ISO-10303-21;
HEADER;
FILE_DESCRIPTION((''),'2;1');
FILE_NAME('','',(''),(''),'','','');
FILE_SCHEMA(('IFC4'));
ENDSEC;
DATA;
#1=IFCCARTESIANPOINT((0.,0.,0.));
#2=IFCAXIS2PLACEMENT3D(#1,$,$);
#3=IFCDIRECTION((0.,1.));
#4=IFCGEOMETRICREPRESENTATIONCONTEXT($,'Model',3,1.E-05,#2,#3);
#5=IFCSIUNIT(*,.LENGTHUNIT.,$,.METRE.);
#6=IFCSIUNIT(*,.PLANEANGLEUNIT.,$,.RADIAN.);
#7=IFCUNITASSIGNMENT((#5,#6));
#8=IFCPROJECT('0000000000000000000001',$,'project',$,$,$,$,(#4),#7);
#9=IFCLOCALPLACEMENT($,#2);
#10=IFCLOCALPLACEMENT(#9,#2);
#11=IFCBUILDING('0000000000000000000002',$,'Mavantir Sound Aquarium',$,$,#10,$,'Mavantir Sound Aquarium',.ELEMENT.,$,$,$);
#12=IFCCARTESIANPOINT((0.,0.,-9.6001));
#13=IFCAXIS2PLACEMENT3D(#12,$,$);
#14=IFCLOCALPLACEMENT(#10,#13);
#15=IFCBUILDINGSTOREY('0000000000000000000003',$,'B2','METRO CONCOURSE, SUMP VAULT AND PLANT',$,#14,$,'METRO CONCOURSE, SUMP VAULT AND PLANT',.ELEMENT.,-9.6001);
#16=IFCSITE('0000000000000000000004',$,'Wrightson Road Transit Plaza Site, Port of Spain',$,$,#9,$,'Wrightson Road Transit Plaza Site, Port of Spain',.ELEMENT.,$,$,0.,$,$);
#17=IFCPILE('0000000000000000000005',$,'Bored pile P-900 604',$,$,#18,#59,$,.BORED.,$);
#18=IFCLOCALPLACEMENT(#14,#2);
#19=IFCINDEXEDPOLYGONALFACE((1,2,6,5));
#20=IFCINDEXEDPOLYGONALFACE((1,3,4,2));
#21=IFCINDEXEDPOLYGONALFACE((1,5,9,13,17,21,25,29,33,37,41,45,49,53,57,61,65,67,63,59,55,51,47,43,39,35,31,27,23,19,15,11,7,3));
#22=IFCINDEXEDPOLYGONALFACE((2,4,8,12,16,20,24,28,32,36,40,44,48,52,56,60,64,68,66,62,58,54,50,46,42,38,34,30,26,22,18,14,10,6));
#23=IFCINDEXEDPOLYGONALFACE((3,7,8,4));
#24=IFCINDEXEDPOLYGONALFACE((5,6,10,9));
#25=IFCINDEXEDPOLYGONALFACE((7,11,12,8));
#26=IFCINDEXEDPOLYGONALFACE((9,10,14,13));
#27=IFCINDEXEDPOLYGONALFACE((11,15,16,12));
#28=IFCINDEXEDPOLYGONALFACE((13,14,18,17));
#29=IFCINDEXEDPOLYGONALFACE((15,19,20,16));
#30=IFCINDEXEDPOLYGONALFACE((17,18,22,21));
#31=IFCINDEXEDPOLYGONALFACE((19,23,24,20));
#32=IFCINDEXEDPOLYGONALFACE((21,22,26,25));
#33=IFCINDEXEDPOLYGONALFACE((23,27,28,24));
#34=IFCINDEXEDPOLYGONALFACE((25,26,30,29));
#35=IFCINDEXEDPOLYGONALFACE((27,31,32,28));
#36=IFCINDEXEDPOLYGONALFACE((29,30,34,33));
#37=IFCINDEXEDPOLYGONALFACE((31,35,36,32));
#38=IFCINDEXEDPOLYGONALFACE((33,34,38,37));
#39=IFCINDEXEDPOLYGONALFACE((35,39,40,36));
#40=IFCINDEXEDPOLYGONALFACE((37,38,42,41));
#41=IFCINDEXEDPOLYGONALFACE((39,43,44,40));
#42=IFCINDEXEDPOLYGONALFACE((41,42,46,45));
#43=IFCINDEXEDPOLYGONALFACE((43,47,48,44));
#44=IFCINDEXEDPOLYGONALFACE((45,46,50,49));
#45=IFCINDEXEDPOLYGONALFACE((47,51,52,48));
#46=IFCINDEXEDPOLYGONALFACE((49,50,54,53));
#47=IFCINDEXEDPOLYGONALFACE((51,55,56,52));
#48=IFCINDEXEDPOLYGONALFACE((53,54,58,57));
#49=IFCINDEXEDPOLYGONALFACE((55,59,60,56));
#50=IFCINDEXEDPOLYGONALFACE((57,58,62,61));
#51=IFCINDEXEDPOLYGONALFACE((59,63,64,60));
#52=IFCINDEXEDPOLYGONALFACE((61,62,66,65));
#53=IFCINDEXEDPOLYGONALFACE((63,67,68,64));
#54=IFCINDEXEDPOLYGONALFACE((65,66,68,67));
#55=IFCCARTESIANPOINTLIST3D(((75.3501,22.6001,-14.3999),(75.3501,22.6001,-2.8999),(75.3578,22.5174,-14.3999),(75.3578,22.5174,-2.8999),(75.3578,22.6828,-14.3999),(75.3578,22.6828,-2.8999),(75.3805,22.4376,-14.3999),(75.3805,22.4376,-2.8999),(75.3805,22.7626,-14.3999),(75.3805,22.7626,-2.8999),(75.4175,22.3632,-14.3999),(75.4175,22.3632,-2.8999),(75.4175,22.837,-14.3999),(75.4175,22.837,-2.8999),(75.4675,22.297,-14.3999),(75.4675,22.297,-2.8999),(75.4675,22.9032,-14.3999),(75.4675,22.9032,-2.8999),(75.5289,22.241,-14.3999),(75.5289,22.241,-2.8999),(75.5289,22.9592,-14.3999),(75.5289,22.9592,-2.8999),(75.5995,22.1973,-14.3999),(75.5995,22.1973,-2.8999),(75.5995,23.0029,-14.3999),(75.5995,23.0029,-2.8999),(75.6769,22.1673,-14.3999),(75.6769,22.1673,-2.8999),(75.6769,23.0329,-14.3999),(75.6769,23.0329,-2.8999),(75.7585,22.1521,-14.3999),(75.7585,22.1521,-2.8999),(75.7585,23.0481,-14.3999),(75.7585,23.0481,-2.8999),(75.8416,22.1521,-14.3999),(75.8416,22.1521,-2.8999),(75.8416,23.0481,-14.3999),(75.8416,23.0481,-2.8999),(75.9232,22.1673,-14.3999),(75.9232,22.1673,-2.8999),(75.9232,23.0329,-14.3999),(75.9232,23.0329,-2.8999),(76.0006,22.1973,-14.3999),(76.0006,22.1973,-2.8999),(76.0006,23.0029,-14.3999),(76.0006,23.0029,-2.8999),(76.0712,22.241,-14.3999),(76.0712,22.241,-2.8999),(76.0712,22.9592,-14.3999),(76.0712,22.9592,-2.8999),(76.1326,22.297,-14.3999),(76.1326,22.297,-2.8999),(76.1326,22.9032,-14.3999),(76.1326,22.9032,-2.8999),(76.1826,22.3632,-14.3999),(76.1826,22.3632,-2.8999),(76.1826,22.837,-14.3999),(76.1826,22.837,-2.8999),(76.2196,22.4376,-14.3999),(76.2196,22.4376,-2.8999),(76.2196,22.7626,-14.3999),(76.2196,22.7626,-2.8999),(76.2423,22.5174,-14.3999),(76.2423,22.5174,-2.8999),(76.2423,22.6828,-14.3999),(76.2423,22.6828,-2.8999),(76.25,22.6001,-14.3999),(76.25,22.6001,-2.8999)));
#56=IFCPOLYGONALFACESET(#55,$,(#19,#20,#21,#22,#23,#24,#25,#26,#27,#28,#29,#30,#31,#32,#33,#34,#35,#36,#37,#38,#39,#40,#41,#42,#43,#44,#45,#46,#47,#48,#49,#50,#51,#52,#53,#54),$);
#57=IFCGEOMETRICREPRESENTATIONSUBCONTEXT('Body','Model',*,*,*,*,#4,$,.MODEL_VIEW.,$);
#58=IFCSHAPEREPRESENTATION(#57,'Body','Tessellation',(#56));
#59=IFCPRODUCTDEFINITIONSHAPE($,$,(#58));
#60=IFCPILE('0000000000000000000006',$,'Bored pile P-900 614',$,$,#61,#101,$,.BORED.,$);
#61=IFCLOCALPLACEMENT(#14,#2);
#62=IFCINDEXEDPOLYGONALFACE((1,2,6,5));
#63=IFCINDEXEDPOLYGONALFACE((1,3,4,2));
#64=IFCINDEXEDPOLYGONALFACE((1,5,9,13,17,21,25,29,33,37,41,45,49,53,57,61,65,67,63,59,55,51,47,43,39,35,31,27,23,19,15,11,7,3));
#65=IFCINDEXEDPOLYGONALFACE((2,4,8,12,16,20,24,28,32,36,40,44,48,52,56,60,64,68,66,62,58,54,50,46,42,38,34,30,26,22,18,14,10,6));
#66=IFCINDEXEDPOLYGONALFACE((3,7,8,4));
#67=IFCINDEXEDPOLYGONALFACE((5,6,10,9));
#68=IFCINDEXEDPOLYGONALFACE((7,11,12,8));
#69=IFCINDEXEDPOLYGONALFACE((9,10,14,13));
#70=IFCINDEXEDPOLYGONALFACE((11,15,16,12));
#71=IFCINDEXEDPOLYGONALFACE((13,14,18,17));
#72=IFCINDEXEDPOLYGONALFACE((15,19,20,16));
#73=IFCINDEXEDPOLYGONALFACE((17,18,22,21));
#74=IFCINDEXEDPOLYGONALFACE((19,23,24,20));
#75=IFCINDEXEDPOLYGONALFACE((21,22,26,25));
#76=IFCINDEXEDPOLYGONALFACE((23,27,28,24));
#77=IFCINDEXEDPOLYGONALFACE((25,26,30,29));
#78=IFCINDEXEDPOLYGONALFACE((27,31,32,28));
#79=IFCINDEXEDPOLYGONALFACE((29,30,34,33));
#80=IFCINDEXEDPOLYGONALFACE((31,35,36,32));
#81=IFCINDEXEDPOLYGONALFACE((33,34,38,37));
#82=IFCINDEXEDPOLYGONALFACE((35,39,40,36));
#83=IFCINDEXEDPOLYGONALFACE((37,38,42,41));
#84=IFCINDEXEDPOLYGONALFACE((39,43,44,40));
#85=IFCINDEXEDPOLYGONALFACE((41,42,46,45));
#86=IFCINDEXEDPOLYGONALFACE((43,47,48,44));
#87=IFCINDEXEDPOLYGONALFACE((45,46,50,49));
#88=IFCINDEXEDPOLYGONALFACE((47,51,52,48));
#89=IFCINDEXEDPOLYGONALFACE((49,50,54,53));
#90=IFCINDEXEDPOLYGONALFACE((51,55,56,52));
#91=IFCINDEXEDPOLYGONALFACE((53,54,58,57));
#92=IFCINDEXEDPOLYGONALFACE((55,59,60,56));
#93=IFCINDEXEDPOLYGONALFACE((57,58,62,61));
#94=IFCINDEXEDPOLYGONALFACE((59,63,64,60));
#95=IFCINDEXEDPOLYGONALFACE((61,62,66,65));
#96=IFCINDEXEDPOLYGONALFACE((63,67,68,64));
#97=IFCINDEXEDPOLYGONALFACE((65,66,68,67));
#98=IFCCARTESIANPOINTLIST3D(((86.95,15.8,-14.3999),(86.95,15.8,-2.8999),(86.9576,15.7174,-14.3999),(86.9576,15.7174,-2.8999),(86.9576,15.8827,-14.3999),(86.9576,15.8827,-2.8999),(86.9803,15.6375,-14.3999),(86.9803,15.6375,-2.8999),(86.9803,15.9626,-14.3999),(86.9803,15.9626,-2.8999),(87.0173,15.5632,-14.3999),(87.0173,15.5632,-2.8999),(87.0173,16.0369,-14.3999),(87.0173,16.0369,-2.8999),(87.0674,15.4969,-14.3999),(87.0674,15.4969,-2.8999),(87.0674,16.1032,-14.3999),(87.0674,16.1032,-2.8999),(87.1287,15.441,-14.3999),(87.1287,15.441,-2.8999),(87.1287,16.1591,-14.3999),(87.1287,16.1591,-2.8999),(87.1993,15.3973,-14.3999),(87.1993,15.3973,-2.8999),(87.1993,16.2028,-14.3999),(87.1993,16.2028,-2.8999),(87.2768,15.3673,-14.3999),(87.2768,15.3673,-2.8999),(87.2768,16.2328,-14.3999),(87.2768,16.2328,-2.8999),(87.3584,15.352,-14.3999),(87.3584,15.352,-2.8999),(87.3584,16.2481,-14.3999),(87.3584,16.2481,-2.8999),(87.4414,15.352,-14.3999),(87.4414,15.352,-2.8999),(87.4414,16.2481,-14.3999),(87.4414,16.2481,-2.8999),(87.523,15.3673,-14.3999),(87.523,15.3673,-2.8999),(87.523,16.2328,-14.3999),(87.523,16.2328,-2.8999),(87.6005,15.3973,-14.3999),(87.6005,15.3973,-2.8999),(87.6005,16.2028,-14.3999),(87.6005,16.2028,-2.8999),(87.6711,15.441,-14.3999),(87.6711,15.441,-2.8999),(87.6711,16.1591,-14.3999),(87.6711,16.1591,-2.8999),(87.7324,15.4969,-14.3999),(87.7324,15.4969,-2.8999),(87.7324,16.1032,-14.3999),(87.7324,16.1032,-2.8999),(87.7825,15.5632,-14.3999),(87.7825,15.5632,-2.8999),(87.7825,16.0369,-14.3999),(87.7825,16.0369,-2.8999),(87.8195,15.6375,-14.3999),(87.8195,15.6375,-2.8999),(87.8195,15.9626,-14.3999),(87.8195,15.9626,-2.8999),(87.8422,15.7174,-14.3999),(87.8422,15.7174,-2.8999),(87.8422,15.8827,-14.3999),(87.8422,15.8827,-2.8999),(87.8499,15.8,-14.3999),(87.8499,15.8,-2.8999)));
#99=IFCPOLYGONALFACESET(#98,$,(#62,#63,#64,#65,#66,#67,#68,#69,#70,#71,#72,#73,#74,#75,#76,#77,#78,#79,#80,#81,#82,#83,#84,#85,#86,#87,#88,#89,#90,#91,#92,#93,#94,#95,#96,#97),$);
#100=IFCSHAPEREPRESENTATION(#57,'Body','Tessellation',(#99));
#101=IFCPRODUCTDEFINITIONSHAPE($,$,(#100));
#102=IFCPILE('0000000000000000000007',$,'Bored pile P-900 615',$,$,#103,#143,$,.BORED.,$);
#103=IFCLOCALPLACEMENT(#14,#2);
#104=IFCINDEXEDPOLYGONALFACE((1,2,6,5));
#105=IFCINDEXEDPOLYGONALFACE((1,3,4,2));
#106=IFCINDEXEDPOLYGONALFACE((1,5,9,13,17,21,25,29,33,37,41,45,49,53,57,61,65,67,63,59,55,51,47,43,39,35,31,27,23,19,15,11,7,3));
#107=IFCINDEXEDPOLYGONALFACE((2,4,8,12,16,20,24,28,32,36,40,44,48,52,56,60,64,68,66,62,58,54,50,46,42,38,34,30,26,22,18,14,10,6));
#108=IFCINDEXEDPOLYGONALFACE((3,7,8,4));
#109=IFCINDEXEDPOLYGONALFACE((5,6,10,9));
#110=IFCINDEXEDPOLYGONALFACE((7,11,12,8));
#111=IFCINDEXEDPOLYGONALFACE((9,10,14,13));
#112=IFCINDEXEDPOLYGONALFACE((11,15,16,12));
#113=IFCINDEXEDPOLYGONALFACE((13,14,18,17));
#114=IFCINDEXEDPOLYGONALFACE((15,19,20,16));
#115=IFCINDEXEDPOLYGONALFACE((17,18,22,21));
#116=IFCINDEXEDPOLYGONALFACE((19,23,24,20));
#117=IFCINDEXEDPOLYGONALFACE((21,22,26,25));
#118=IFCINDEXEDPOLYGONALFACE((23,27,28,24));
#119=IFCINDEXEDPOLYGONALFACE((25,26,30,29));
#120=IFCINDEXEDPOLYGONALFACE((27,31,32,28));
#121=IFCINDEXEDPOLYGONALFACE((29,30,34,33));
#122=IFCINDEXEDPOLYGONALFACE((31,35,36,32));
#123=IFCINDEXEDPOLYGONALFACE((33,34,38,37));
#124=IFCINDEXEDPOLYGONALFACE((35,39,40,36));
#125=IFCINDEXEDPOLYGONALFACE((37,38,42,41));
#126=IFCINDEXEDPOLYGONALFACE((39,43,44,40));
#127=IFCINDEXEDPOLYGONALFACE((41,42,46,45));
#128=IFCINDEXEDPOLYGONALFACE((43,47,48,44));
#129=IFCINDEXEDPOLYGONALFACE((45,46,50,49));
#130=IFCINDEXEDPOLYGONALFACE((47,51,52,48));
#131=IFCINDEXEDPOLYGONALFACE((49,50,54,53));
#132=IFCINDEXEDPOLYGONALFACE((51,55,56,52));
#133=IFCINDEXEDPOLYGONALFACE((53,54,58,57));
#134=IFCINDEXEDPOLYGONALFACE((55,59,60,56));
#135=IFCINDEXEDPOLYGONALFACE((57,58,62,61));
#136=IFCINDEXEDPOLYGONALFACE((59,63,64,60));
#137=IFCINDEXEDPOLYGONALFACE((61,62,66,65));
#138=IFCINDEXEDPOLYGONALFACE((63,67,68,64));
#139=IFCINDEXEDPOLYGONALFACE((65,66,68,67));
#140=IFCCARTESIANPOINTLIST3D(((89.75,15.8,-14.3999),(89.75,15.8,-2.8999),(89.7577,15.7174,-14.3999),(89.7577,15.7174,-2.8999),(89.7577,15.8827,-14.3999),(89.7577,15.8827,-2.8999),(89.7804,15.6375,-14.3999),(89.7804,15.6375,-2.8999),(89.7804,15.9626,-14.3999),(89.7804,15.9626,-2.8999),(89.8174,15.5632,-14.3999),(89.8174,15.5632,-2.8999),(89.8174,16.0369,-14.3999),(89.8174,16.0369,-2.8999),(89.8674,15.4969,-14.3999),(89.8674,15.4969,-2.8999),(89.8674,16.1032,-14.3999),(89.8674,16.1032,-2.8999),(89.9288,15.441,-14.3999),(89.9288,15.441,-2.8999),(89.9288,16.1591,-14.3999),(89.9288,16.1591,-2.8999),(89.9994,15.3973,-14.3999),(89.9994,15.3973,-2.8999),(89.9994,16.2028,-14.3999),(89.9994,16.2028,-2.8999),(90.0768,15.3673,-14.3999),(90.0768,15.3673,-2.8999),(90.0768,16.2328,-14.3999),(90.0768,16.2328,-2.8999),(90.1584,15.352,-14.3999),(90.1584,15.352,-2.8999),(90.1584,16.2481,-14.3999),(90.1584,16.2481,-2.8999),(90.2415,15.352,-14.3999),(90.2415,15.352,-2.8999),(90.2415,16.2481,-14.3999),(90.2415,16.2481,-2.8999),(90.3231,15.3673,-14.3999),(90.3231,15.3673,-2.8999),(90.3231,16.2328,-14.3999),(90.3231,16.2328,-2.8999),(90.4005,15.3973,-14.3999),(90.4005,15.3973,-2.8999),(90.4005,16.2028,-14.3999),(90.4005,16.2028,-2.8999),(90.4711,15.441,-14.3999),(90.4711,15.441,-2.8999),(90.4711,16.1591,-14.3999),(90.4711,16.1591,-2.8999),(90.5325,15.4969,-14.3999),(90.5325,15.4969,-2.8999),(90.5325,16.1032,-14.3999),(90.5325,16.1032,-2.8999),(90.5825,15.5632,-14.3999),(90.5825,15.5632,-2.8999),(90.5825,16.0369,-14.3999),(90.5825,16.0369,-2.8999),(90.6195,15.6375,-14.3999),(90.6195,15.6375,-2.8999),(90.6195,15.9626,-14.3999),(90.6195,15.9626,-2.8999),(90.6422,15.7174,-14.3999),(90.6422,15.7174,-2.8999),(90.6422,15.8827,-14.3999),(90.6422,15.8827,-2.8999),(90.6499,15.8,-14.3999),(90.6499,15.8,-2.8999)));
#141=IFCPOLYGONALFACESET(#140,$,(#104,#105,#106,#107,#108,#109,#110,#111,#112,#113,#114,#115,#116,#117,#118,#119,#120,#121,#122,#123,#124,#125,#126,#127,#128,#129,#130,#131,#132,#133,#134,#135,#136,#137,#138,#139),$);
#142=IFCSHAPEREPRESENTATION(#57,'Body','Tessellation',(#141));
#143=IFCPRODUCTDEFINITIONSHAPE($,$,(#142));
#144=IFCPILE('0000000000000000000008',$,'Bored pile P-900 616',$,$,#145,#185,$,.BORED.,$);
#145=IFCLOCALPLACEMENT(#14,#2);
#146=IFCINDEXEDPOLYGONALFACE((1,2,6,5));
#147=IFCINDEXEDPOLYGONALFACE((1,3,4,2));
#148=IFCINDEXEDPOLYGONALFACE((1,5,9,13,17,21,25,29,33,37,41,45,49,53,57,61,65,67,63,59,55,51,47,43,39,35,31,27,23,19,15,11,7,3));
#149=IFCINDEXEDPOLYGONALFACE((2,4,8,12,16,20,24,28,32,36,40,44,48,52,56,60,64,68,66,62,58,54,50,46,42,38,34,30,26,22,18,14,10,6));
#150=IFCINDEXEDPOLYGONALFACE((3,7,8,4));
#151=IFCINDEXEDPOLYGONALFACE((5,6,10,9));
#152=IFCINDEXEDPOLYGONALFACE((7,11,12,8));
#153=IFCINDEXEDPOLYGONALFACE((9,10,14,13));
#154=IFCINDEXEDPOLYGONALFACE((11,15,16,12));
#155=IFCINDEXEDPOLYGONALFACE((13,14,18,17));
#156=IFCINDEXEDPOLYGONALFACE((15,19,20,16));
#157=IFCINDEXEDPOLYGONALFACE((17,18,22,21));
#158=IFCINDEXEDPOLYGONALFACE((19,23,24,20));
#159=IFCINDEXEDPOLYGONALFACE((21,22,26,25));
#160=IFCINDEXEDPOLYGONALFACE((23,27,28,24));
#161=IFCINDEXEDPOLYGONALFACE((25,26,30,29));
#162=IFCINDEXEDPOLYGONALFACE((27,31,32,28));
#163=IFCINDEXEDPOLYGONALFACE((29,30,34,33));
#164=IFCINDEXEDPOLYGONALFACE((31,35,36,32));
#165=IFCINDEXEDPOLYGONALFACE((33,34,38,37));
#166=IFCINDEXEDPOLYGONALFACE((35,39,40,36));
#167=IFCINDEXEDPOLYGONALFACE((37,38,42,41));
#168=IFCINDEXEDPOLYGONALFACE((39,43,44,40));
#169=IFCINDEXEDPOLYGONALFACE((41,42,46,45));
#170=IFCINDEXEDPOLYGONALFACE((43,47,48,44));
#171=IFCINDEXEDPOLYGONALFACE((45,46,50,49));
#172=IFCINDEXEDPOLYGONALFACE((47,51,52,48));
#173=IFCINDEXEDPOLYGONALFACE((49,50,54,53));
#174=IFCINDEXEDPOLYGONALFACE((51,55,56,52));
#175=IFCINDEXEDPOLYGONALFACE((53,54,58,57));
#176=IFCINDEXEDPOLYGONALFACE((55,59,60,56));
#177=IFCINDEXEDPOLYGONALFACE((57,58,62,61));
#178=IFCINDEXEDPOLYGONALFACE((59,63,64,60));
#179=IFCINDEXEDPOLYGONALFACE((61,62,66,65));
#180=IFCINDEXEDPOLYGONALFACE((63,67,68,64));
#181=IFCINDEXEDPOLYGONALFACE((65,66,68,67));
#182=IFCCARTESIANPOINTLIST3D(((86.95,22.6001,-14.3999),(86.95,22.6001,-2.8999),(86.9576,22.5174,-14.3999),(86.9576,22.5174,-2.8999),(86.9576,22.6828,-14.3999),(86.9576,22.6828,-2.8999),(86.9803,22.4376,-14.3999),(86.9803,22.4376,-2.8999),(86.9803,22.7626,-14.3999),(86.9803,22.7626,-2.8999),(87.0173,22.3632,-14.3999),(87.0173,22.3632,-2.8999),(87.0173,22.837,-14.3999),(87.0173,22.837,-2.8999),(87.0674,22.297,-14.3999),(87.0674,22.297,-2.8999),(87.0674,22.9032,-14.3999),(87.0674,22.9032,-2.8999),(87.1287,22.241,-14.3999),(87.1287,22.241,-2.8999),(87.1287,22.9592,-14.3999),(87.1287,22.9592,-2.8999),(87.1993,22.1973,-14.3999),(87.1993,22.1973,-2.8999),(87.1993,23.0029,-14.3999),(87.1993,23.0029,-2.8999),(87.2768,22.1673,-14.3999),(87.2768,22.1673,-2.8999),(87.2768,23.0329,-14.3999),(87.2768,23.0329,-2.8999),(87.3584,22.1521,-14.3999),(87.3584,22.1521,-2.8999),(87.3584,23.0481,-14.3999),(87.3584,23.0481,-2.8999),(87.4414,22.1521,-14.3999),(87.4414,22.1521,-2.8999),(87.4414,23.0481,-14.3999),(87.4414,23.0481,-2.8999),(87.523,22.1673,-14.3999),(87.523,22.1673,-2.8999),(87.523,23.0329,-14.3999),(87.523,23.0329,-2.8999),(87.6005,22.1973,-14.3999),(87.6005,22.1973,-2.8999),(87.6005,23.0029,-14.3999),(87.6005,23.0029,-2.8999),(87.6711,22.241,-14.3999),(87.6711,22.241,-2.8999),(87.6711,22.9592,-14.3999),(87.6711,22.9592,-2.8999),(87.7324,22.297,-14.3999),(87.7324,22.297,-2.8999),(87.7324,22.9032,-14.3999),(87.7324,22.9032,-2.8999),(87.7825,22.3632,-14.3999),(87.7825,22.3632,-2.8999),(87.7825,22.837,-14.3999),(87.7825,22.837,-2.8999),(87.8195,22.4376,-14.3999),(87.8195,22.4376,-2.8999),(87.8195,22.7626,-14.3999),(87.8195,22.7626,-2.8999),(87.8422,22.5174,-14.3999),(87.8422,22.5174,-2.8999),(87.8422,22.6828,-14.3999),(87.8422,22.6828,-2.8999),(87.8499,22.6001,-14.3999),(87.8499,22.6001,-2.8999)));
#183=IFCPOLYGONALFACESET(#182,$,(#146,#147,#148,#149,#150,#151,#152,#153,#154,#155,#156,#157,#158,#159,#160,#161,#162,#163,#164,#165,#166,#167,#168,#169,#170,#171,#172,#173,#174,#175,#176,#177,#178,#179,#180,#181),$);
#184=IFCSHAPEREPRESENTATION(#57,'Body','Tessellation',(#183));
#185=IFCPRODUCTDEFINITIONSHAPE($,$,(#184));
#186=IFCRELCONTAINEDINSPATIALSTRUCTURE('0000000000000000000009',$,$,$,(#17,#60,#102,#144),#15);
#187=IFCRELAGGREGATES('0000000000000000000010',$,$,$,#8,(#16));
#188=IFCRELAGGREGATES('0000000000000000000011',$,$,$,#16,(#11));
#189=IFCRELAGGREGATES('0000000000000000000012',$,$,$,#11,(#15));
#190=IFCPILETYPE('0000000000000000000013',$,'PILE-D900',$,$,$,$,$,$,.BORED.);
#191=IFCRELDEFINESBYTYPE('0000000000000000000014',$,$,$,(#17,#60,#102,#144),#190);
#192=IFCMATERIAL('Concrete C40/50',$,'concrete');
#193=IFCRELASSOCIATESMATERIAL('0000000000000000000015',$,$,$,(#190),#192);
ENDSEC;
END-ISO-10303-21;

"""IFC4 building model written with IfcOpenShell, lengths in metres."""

from ifc_helpers import new_model, si_unit, direction, frame, origin, origin_2d, place, context, subcontext, project, spatial, circle, extrude, material, material_profile, profile_set, type_object, element, save


model = new_model("IFC4")

# Units and contexts
model_context = context("Model", 3, precision=1e-05, world=origin(), true_north=direction((0.0, 1.0)))
body_context = subcontext(model_context, "Body", "Model", "MODEL_VIEW")
ifc_project = project(units=[si_unit("LENGTHUNIT", "METRE"), si_unit("PLANEANGLEUNIT", "RADIAN")], contexts=[model_context])

# Site, building, storey
site_placement = place(None, origin())
site = spatial("IfcSite", under=ifc_project, at=site_placement, Name="Wrightson Road Transit Plaza Site, Port of Spain", LongName="Wrightson Road Transit Plaza Site, Port of Spain", CompositionType="ELEMENT", RefElevation=0.0)
building_placement = place(site_placement, origin())
building = spatial("IfcBuilding", under=site, at=building_placement, Name="Mavantir Sound Aquarium", LongName="Mavantir Sound Aquarium", CompositionType="ELEMENT")
storey_placement = place(building_placement, frame((0.0, 0.0, -9.6001)))
storey = spatial("IfcBuildingStorey", under=building, at=storey_placement, Name="B2", Description="METRO CONCOURSE, SUMP VAULT AND PLANT", LongName="METRO CONCOURSE, SUMP VAULT AND PLANT", CompositionType="ELEMENT", Elevation=-9.6001)

# Shared definitions
ifc_material_1 = material(Name="Concrete C40/50", Category="concrete")

# Piles
ifc_material_profile_1 = material_profile(ifc_material_1, circle(Radius=0.45, at=origin_2d()), Name="PILE D900")
ifc_profile_set_1 = profile_set([ifc_material_profile_1], Name="Concrete C40/50")
pile_type = type_object("IfcPileType", Name="PILE-D900", PredefinedType="BORED", material=ifc_profile_set_1)
for number, where, z_axis, x_axis, name in (
    (1, (75.8, 22.6001, -2.8999), (0.0, 0.0, -1.0), (1.0, 0.0, 0.0), "Bored pile P-900 604"),
    (2, (87.3999, 15.8, -2.8999), (0.0, 0.0, -1.0), (1.0, 0.0, 0.0), "Bored pile P-900 614"),
    (3, (90.2, 15.8, -2.8999), (0.0, 0.0, -1.0), (1.0, 0.0, 0.0), "Bored pile P-900 615"),
    (4, (87.3999, 22.6001, -2.8999), (0.0, 0.0, -1.0), (1.0, 0.0, 0.0), "Bored pile P-900 616"),
):
    element("IfcPile", number, at=place(storey_placement, frame(where, z_axis=z_axis, x_axis=x_axis)), inside=storey, type_object=pile_type, Name=name, PredefinedType="BORED", context=body_context, shape_type="SweptSolid", body=[
        extrude(circle(Radius=0.45, at=origin_2d()), origin(), (0.0, 0.0, 1.0), 11.5),
    ])

save(model, "model.ifc")
